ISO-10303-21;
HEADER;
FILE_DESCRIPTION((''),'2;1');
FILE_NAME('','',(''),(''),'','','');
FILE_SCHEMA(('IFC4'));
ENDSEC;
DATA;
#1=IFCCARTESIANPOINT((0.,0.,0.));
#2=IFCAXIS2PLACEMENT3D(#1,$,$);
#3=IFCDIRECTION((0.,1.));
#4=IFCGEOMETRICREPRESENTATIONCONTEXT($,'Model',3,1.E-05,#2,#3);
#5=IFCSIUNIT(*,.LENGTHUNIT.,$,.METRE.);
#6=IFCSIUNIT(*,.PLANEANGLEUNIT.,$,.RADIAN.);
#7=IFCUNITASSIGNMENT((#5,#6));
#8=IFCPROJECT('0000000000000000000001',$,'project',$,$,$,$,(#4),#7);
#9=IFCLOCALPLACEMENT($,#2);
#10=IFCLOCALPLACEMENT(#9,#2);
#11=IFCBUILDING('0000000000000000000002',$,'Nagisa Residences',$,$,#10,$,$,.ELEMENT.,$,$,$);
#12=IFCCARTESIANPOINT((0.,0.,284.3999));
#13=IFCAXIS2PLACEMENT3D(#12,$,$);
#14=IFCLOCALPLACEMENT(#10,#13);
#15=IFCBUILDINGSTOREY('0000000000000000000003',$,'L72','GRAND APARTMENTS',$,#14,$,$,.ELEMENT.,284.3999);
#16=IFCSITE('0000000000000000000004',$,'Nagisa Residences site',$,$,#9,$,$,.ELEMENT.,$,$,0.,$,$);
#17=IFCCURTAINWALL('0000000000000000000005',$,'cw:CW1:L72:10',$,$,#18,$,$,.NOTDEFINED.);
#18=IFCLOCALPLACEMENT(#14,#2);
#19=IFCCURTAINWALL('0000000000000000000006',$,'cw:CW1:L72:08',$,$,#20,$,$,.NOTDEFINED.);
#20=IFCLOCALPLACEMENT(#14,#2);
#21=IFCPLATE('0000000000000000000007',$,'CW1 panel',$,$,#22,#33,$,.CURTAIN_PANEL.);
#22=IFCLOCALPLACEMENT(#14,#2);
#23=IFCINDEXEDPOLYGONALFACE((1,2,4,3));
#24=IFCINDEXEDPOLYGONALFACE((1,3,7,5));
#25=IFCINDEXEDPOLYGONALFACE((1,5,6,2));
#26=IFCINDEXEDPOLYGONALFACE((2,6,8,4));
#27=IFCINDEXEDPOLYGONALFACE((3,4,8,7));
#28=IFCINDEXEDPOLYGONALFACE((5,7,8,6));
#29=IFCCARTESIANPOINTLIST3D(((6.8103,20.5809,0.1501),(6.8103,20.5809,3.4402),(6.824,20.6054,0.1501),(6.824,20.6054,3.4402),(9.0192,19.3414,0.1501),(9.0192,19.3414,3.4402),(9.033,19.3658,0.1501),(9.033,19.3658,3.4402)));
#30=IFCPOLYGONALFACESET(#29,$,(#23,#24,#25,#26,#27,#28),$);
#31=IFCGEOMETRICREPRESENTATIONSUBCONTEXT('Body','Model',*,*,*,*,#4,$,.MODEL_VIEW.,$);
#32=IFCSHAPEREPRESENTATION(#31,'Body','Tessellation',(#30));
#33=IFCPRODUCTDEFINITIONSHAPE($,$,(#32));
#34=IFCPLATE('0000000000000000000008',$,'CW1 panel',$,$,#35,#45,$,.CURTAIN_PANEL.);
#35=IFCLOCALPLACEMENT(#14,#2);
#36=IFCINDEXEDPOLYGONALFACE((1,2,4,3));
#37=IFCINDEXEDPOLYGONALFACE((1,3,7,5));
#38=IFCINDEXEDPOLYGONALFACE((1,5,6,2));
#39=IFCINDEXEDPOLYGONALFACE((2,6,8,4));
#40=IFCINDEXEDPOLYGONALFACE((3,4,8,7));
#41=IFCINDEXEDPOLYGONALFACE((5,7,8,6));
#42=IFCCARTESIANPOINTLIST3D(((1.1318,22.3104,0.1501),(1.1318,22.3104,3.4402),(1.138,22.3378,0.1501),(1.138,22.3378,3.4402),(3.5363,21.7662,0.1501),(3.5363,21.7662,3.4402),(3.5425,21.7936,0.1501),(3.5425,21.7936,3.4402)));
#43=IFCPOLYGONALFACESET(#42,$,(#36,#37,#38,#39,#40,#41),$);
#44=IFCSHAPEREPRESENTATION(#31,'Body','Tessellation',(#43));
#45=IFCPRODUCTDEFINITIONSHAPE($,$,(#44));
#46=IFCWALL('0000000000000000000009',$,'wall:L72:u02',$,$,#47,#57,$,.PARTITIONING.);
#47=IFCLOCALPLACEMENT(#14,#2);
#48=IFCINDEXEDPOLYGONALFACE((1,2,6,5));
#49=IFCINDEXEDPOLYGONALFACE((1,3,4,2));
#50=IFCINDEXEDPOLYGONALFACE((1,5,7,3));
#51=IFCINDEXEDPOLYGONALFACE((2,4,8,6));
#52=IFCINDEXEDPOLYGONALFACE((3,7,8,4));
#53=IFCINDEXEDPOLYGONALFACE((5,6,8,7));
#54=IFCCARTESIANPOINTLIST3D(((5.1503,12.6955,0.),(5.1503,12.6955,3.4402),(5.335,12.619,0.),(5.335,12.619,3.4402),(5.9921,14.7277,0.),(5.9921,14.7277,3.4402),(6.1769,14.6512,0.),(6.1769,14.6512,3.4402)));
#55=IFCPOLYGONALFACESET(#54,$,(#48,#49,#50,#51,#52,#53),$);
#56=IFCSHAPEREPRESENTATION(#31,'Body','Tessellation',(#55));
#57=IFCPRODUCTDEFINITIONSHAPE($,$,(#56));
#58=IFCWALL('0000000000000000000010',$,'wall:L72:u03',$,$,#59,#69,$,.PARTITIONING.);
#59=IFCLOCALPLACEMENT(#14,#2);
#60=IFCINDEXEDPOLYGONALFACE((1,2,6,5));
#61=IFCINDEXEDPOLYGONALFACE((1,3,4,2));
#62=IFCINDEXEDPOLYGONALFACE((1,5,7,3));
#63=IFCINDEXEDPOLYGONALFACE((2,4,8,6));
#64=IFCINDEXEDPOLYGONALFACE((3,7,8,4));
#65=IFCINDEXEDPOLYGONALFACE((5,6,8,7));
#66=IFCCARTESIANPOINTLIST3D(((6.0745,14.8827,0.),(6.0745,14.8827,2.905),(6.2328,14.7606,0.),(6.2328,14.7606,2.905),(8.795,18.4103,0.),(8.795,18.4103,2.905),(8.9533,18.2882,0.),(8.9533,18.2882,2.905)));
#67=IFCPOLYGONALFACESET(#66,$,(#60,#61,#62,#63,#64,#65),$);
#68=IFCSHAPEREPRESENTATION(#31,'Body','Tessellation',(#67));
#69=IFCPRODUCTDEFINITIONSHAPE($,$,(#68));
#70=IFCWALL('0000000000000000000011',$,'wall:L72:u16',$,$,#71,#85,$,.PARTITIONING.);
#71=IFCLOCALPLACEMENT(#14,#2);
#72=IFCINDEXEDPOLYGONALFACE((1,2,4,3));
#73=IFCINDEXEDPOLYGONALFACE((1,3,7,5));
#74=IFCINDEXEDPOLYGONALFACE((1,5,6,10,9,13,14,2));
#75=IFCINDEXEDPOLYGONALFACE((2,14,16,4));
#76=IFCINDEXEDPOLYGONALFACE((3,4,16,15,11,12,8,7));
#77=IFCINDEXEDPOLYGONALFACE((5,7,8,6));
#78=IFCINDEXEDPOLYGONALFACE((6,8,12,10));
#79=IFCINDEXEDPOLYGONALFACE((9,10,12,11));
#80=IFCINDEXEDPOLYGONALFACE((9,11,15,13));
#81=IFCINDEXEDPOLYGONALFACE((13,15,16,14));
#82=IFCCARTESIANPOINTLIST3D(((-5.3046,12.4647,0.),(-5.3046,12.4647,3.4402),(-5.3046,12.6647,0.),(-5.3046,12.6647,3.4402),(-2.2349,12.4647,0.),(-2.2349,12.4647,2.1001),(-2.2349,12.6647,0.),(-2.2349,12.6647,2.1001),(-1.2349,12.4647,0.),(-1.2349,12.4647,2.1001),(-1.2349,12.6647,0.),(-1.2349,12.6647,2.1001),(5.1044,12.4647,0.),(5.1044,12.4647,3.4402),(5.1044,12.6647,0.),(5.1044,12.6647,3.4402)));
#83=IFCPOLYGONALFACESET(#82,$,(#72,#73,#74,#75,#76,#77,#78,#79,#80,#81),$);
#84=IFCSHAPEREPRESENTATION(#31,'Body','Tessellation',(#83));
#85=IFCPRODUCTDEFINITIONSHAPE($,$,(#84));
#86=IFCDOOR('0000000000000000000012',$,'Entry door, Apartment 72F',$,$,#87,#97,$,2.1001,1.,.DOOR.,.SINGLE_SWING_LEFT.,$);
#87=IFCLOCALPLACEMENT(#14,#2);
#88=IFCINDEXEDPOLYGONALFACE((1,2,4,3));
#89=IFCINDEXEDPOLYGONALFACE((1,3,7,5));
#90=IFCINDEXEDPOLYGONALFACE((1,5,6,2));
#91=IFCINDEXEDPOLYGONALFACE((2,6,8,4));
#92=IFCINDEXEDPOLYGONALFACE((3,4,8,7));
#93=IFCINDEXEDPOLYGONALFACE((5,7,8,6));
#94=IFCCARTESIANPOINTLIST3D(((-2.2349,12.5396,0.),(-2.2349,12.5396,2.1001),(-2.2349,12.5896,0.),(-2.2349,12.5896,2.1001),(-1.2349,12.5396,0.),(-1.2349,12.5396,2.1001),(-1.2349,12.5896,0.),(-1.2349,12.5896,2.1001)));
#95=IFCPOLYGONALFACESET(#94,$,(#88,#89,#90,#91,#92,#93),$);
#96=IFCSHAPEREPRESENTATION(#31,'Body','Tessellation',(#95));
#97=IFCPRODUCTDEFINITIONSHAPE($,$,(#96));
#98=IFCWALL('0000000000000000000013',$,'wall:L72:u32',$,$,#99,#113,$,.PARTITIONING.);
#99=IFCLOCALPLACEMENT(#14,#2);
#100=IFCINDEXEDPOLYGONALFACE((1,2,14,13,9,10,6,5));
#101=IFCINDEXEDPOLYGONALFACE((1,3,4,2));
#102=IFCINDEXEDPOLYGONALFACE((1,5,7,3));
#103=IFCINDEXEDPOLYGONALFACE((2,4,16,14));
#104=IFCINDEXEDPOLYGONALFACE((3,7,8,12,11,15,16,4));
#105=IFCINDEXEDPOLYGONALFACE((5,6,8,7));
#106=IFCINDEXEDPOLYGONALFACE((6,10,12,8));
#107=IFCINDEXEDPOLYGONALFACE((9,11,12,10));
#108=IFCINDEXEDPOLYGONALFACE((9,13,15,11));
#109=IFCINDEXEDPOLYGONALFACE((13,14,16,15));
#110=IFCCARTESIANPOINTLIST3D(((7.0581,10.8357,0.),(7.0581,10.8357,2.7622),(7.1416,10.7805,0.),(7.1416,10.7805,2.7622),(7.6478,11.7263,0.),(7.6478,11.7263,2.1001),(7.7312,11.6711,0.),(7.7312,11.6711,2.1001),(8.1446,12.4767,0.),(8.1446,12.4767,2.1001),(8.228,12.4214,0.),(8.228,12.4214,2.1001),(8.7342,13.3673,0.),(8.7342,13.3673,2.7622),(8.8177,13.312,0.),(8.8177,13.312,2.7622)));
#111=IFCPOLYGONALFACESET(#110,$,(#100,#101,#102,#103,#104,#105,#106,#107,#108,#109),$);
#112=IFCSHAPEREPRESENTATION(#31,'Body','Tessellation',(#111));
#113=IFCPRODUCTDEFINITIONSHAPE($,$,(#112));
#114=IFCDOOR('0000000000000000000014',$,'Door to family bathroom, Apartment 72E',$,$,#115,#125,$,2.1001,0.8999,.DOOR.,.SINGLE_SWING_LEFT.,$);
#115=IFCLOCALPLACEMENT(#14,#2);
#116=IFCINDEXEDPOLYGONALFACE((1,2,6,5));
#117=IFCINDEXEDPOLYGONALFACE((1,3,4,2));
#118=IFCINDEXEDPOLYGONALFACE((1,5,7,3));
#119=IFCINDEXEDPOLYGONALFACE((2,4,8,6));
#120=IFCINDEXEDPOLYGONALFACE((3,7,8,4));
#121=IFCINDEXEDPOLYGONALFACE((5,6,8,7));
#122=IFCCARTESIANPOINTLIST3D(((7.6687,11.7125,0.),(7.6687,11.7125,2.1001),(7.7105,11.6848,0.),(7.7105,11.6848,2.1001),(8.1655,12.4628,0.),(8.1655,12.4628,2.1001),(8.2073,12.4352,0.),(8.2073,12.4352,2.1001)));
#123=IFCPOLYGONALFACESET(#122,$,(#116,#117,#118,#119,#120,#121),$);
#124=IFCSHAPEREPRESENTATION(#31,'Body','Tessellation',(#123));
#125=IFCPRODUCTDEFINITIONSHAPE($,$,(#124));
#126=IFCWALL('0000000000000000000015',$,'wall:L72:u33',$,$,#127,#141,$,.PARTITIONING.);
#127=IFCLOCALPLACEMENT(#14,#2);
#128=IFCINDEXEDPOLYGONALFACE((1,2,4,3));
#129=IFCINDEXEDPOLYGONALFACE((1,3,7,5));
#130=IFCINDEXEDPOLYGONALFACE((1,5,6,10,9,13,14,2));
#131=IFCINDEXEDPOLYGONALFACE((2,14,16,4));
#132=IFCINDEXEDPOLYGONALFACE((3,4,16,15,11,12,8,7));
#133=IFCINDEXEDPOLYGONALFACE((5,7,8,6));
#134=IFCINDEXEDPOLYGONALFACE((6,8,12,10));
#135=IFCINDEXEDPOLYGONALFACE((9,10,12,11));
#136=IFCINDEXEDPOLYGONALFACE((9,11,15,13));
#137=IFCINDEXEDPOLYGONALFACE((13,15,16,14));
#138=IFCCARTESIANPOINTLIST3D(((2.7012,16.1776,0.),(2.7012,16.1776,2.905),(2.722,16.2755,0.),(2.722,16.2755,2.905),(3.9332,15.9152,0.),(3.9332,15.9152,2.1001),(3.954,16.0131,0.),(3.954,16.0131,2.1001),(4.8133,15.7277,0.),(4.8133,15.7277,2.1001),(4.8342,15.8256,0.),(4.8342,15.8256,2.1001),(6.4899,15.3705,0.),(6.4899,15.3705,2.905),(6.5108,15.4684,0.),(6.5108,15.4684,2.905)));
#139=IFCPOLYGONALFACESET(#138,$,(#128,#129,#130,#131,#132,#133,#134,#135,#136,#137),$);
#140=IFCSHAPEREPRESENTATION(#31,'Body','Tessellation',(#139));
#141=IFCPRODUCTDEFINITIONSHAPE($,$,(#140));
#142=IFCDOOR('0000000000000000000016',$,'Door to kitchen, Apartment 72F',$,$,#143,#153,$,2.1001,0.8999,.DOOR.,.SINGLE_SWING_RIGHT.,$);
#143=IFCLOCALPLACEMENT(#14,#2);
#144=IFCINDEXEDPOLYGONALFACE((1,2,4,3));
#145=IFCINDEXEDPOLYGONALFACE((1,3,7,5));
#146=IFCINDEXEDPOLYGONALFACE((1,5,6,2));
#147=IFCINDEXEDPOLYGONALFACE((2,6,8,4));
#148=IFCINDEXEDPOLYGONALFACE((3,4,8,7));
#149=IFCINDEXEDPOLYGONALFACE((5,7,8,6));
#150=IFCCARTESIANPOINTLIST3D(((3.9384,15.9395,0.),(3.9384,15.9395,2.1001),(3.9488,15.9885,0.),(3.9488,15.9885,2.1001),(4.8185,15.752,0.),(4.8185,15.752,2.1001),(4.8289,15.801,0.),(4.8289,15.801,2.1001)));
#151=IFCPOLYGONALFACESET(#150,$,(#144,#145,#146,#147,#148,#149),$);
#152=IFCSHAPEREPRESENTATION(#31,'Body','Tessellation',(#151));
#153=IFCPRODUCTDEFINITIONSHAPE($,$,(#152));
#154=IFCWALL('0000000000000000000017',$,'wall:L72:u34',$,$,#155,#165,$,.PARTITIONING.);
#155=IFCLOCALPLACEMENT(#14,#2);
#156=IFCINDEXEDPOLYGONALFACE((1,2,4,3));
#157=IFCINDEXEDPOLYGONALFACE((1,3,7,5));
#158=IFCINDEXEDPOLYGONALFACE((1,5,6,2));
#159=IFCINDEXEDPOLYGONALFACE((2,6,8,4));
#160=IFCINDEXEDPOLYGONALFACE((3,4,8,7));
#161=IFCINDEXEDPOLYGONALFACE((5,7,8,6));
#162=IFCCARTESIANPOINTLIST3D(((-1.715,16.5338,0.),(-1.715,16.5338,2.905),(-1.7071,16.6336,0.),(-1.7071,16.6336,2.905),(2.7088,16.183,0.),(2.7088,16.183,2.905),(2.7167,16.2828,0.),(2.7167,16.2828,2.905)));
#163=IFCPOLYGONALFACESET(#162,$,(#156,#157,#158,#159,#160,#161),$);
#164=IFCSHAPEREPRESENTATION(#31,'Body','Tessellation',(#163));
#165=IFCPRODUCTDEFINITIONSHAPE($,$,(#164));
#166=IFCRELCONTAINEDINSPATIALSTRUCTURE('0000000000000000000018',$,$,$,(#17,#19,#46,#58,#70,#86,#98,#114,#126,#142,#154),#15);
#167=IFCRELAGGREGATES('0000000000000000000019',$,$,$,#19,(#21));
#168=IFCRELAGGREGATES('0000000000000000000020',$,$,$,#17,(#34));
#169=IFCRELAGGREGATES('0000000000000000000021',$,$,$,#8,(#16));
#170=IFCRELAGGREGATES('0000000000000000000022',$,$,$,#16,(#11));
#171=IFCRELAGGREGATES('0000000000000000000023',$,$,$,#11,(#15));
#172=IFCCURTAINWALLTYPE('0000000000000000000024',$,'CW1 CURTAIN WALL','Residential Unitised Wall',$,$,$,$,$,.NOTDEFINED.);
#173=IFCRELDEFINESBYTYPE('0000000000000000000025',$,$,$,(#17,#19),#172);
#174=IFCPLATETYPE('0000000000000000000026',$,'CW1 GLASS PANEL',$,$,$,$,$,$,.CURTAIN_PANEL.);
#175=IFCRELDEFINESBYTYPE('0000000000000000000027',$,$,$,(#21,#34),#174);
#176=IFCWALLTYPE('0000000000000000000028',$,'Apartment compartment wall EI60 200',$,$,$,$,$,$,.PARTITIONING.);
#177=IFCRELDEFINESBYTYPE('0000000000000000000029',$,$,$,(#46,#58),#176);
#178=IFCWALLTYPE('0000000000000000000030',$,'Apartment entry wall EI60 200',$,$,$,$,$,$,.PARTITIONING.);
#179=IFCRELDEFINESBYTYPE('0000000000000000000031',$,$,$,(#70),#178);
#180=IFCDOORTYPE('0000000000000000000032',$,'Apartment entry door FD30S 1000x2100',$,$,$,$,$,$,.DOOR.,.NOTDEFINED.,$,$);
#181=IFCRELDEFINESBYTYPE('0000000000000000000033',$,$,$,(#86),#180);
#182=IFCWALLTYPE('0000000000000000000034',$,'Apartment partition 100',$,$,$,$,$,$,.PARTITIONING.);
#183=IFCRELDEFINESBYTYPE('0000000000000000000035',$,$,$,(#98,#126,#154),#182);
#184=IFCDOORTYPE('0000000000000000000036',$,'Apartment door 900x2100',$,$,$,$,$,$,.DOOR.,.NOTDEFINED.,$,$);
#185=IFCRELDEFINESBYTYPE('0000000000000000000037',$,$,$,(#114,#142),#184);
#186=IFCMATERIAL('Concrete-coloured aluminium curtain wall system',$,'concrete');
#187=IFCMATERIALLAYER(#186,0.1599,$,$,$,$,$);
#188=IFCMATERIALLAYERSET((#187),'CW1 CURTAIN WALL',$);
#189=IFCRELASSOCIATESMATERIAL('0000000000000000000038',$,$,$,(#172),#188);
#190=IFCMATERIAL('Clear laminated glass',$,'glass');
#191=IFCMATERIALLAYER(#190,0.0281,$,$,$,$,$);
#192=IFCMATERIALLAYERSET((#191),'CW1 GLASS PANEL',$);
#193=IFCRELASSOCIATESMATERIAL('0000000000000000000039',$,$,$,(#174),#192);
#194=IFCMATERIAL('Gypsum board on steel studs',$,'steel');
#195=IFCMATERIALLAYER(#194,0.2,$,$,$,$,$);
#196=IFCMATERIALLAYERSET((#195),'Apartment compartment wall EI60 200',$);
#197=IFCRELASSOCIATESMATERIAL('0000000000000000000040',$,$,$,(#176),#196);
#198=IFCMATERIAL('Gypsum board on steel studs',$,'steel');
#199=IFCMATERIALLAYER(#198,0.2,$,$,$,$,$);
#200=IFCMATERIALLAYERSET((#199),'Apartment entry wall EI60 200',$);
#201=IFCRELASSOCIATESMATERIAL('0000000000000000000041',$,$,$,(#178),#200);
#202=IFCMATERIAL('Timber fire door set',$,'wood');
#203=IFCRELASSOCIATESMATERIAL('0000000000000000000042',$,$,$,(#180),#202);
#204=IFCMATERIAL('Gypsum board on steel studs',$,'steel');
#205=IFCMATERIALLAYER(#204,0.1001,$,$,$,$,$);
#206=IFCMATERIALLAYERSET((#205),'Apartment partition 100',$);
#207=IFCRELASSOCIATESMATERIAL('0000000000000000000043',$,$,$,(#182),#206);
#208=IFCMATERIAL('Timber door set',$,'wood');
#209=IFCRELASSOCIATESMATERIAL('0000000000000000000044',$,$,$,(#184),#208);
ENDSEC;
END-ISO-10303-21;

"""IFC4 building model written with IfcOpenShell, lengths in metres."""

from ifc_helpers import new_model, si_unit, direction, frame, frame_2d, origin, origin_2d, place, context, subcontext, project, spatial, rectangle, extrude, material, layer, layer_set, type_object, element, fill, aggregate, save


model = new_model("IFC4")

# Units and contexts
model_context = context("Model", 3, precision=1e-05, world=origin(), true_north=direction((0.0, 1.0)))
body_context = subcontext(model_context, "Body", "Model", "MODEL_VIEW")
ifc_project = project(units=[si_unit("LENGTHUNIT", "METRE"), si_unit("PLANEANGLEUNIT", "RADIAN")], contexts=[model_context])

# Site, building, storey
site_placement = place(None, origin())
site = spatial("IfcSite", under=ifc_project, at=site_placement, Name="Nagisa Residences site", CompositionType="ELEMENT", RefElevation=0.0)
building_placement = place(site_placement, origin())
building = spatial("IfcBuilding", under=site, at=building_placement, Name="Nagisa Residences", CompositionType="ELEMENT")
storey_placement = place(building_placement, frame((0.0, 0.0, 284.3999)))
storey = spatial("IfcBuildingStorey", under=building, at=storey_placement, Name="L72", Description="GRAND APARTMENTS", CompositionType="ELEMENT", Elevation=284.3999)

# Curtain wall
ifc_material_1 = material(Name="Concrete-coloured aluminium curtain wall system", Category="concrete")
ifc_layer_1 = layer(ifc_material_1, 0.1599)
ifc_layer_set_1 = layer_set([ifc_layer_1], Name="CW1 CURTAIN WALL")
curtain_wall_type = type_object("IfcCurtainWallType", Name="CW1 CURTAIN WALL", Description="Residential Unitised Wall", PredefinedType="NOTDEFINED", material=ifc_layer_set_1)
curtain_wall_1_placement = place(storey_placement, origin())
curtain_wall_1 = element("IfcCurtainWall", 1, at=curtain_wall_1_placement, inside=storey, type_object=curtain_wall_type, Name="cw:CW1:L72:10", PredefinedType="NOTDEFINED")

# Curtain wall, plate
curtain_wall_2_placement = place(storey_placement, origin())
curtain_wall_2 = element("IfcCurtainWall", 2, at=curtain_wall_2_placement, inside=storey, type_object=curtain_wall_type, Name="cw:CW1:L72:08", PredefinedType="NOTDEFINED")
ifc_material_2 = material(Name="Clear laminated glass", Category="glass")
ifc_layer_2 = layer(ifc_material_2, 0.0281)
ifc_layer_set_2 = layer_set([ifc_layer_2], Name="CW1 GLASS PANEL")
plate_type = type_object("IfcPlateType", Name="CW1 GLASS PANEL", PredefinedType="CURTAIN_PANEL", material=ifc_layer_set_2)
plate_1_placement = place(storey_placement, frame((7.9216, 19.9734, 0.1501), z_axis=(0.0, 0.0, 1.0), x_axis=(-0.872072, 0.489377, 0.0)))
plate_1 = element("IfcPlate", 3, at=plate_1_placement, type_object=plate_type, Name="CW1 panel", PredefinedType="CURTAIN_PANEL", context=body_context, shape_type="SweptSolid", body=[
    extrude(rectangle(XDim=2.533, YDim=0.0281, at=origin_2d()), origin(), (0.0, 0.0, 1.0), 3.29),
])
aggregate(curtain_wall_2, [plate_1])

# Plate
plate_2_placement = place(storey_placement, frame((2.3372, 22.052, 0.1501), z_axis=(0.0, 0.0, 1.0), x_axis=(-0.975327, 0.220764, 0.0)))
plate_2 = element("IfcPlate", 4, at=plate_2_placement, type_object=plate_type, Name="CW1 panel", PredefinedType="CURTAIN_PANEL", context=body_context, shape_type="SweptSolid", body=[
    extrude(rectangle(XDim=2.4653, YDim=0.0281, at=origin_2d()), origin(), (0.0, 0.0, 1.0), 3.29),
])
aggregate(curtain_wall_1, [plate_2])

# Walls
ifc_material_3 = material(Name="Gypsum board on steel studs", Category="steel")
ifc_layer_3 = layer(ifc_material_3, 0.2)
ifc_layer_set_3 = layer_set([ifc_layer_3], Name="Apartment compartment wall EI60 200")
wall_type_1 = type_object("IfcWallType", Name="Apartment compartment wall EI60 200", PredefinedType="PARTITIONING", material=ifc_layer_set_3)
wall_1_placement = place(storey_placement, frame((5.2427, 12.6572, 0.0), z_axis=(0.0, 0.0, 1.0), x_axis=(0.382692, 0.923876, 0.0)))
element("IfcWall", 5, at=wall_1_placement, inside=storey, type_object=wall_type_1, Name="wall:L72:u02", PredefinedType="PARTITIONING", context=body_context, shape_type="SweptSolid", body=[
    extrude(rectangle(XDim=2.1997, YDim=0.2, at=frame_2d((1.0999, 0.0))), origin(), (0.0, 0.0, 1.0), 3.4402),
])
wall_2_placement = place(storey_placement, frame((6.1536, 14.8215, 0.0), z_axis=(0.0, 0.0, 1.0), x_axis=(0.610688, 0.791872, 0.0)))
element("IfcWall", 6, at=wall_2_placement, inside=storey, type_object=wall_type_1, Name="wall:L72:u03", PredefinedType="PARTITIONING", context=body_context, shape_type="SweptSolid", body=[
    extrude(rectangle(XDim=4.4548, YDim=0.2, at=frame_2d((2.2275, 0.0))), origin(), (0.0, 0.0, 1.0), 2.905),
])

# Walls, openings, doors
ifc_material_4 = material(Name="Gypsum board on steel studs", Category="steel")
ifc_layer_4 = layer(ifc_material_4, 0.2)
ifc_layer_set_4 = layer_set([ifc_layer_4], Name="Apartment entry wall EI60 200")
wall_type_2 = type_object("IfcWallType", Name="Apartment entry wall EI60 200", PredefinedType="PARTITIONING", material=ifc_layer_set_4)
wall_3_placement = place(storey_placement, frame((5.1045, 12.5647, 0.0), z_axis=(0.0, 0.0, 1.0), x_axis=(-1.0, 0.0, 0.0)))
wall_3 = element("IfcWall", 7, at=wall_3_placement, inside=storey, type_object=wall_type_2, Name="wall:L72:u16", PredefinedType="PARTITIONING", context=body_context, shape_type="SweptSolid", body=[
    extrude(rectangle(XDim=10.4089, YDim=0.2, at=frame_2d((5.2046, 0.0))), origin(), (0.0, 0.0, 1.0), 3.4402),
])
opening_1_placement = place(wall_3_placement, frame((6.3394, 0.0, 0.0)))
opening_1 = element("IfcOpeningElement", 8, at=opening_1_placement, cuts=wall_3, PredefinedType="OPENING", context=body_context, shape_type="SweptSolid", body=[
    extrude(rectangle(XDim=1.0, YDim=2.1001, at=frame_2d((0.5, 1.05))), frame((0.0, 0.1099, 0.0), z_axis=(0.0, -1.0, 0.0), x_axis=(1.0, 0.0, 0.0)), (0.0, 0.0, 1.0), 0.22),
])
ifc_material_5 = material(Name="Timber fire door set", Category="wood")
door_type_1 = type_object("IfcDoorType", Name="Apartment entry door FD30S 1000x2100", OperationType="NOTDEFINED", PredefinedType="DOOR", material=ifc_material_5)
door_1_placement = place(opening_1_placement, frame((1.0, 0.0, 0.0), x_axis=(-1.0, 0.0, 0.0)))
door_1 = element("IfcDoor", 9, at=door_1_placement, inside=storey, type_object=door_type_1, Name="Entry door, Apartment 72F", OperationType="SINGLE_SWING_LEFT", OverallHeight=2.1001, OverallWidth=1.0, PredefinedType="DOOR", context=body_context, shape_type="SweptSolid", body=[
    extrude(rectangle(XDim=1.0, YDim=2.1001, at=frame_2d((0.5, 1.05))), frame((0.0, 0.0249, 0.0), z_axis=(0.0, -1.0, 0.0), x_axis=(1.0, 0.0, 0.0)), (0.0, 0.0, 1.0), 0.05),
])
fill(opening_1, door_1)
ifc_material_6 = material(Name="Gypsum board on steel studs", Category="steel")
ifc_layer_5 = layer(ifc_material_6, 0.1001)
ifc_layer_set_5 = layer_set([ifc_layer_5], Name="Apartment partition 100")
wall_type_3 = type_object("IfcWallType", Name="Apartment partition 100", PredefinedType="PARTITIONING", material=ifc_layer_set_5)
wall_4_placement = place(storey_placement, frame((7.0999, 10.8081, 0.0), z_axis=(0.0, 0.0, 1.0), x_axis=(0.552044, 0.833815, 0.0)))
wall_4 = element("IfcWall", 10, at=wall_4_placement, inside=storey, type_object=wall_type_3, Name="wall:L72:u32", PredefinedType="PARTITIONING", context=body_context, shape_type="SweptSolid", body=[
    extrude(rectangle(XDim=3.0361, YDim=0.1001, at=frame_2d((1.5181, 0.0))), origin(), (0.0, 0.0, 1.0), 2.7622),
])
opening_2_placement = place(wall_4_placement, frame((1.0681, 0.0, 0.0)))
opening_2 = element("IfcOpeningElement", 11, at=opening_2_placement, cuts=wall_4, PredefinedType="OPENING", context=body_context, shape_type="SweptSolid", body=[
    extrude(rectangle(XDim=0.8999, YDim=2.1001, at=frame_2d((0.45, 1.05))), frame((0.0, 0.0601, 0.0), z_axis=(0.0, -1.0, 0.0), x_axis=(1.0, 0.0, 0.0)), (0.0, 0.0, 1.0), 0.1201),
])
ifc_material_7 = material(Name="Timber door set", Category="wood")
door_type_2 = type_object("IfcDoorType", Name="Apartment door 900x2100", OperationType="NOTDEFINED", PredefinedType="DOOR", material=ifc_material_7)
door_2_placement = place(opening_2_placement, origin())
door_2 = element("IfcDoor", 12, at=door_2_placement, inside=storey, type_object=door_type_2, Name="Door to family bathroom, Apartment 72E", OperationType="SINGLE_SWING_LEFT", OverallHeight=2.1001, OverallWidth=0.8999, PredefinedType="DOOR", context=body_context, shape_type="SweptSolid", body=[
    extrude(rectangle(XDim=0.8999, YDim=2.1001, at=frame_2d((0.45, 1.05))), frame((0.0, 0.0249, 0.0), z_axis=(0.0, -1.0, 0.0), x_axis=(1.0, 0.0, 0.0)), (0.0, 0.0, 1.0), 0.05),
])
fill(opening_2, door_2)
wall_5_placement = place(storey_placement, frame((6.5005, 15.4194, 0.0), z_axis=(0.0, 0.0, 1.0), x_axis=(-0.978053, 0.208354, 0.0)))
wall_5 = element("IfcWall", 13, at=wall_5_placement, inside=storey, type_object=wall_type_3, Name="wall:L72:u33", PredefinedType="PARTITIONING", context=body_context, shape_type="SweptSolid", body=[
    extrude(rectangle(XDim=3.8738, YDim=0.1001, at=frame_2d((1.937, 0.0))), origin(), (0.0, 0.0, 1.0), 2.905),
])
opening_3_placement = place(wall_5_placement, frame((1.7144, 0.0, 0.0)))
opening_3 = element("IfcOpeningElement", 14, at=opening_3_placement, cuts=wall_5, PredefinedType="OPENING", context=body_context, shape_type="SweptSolid", body=[
    extrude(rectangle(XDim=0.8999, YDim=2.1001, at=frame_2d((0.45, 1.05))), frame((0.0, 0.0601, 0.0), z_axis=(0.0, -1.0, 0.0), x_axis=(1.0, 0.0, 0.0)), (0.0, 0.0, 1.0), 0.1201),
])
door_3_placement = place(opening_3_placement, frame((0.8999, 0.0, 0.0), x_axis=(-1.0, 0.0, 0.0)))
door_3 = element("IfcDoor", 15, at=door_3_placement, inside=storey, type_object=door_type_2, Name="Door to kitchen, Apartment 72F", OperationType="SINGLE_SWING_RIGHT", OverallHeight=2.1001, OverallWidth=0.8999, PredefinedType="DOOR", context=body_context, shape_type="SweptSolid", body=[
    extrude(rectangle(XDim=0.8999, YDim=2.1001, at=frame_2d((0.45, 1.05))), frame((0.0, 0.0249, 0.0), z_axis=(0.0, -1.0, 0.0), x_axis=(1.0, 0.0, 0.0)), (0.0, 0.0, 1.0), 0.05),
])
fill(opening_3, door_3)

# Wall
wall_6_placement = place(storey_placement, frame((2.7126, 16.2329, 0.0), z_axis=(0.0, 0.0, 1.0), x_axis=(-0.99687, 0.079056, 0.0)))
element("IfcWall", 16, at=wall_6_placement, inside=storey, type_object=wall_type_3, Name="wall:L72:u34", PredefinedType="PARTITIONING", context=body_context, shape_type="SweptSolid", body=[
    extrude(rectangle(XDim=4.4377, YDim=0.1001, at=frame_2d((2.2188, 0.0))), origin(), (0.0, 0.0, 1.0), 2.905),
])

save(model, "model.ifc")
